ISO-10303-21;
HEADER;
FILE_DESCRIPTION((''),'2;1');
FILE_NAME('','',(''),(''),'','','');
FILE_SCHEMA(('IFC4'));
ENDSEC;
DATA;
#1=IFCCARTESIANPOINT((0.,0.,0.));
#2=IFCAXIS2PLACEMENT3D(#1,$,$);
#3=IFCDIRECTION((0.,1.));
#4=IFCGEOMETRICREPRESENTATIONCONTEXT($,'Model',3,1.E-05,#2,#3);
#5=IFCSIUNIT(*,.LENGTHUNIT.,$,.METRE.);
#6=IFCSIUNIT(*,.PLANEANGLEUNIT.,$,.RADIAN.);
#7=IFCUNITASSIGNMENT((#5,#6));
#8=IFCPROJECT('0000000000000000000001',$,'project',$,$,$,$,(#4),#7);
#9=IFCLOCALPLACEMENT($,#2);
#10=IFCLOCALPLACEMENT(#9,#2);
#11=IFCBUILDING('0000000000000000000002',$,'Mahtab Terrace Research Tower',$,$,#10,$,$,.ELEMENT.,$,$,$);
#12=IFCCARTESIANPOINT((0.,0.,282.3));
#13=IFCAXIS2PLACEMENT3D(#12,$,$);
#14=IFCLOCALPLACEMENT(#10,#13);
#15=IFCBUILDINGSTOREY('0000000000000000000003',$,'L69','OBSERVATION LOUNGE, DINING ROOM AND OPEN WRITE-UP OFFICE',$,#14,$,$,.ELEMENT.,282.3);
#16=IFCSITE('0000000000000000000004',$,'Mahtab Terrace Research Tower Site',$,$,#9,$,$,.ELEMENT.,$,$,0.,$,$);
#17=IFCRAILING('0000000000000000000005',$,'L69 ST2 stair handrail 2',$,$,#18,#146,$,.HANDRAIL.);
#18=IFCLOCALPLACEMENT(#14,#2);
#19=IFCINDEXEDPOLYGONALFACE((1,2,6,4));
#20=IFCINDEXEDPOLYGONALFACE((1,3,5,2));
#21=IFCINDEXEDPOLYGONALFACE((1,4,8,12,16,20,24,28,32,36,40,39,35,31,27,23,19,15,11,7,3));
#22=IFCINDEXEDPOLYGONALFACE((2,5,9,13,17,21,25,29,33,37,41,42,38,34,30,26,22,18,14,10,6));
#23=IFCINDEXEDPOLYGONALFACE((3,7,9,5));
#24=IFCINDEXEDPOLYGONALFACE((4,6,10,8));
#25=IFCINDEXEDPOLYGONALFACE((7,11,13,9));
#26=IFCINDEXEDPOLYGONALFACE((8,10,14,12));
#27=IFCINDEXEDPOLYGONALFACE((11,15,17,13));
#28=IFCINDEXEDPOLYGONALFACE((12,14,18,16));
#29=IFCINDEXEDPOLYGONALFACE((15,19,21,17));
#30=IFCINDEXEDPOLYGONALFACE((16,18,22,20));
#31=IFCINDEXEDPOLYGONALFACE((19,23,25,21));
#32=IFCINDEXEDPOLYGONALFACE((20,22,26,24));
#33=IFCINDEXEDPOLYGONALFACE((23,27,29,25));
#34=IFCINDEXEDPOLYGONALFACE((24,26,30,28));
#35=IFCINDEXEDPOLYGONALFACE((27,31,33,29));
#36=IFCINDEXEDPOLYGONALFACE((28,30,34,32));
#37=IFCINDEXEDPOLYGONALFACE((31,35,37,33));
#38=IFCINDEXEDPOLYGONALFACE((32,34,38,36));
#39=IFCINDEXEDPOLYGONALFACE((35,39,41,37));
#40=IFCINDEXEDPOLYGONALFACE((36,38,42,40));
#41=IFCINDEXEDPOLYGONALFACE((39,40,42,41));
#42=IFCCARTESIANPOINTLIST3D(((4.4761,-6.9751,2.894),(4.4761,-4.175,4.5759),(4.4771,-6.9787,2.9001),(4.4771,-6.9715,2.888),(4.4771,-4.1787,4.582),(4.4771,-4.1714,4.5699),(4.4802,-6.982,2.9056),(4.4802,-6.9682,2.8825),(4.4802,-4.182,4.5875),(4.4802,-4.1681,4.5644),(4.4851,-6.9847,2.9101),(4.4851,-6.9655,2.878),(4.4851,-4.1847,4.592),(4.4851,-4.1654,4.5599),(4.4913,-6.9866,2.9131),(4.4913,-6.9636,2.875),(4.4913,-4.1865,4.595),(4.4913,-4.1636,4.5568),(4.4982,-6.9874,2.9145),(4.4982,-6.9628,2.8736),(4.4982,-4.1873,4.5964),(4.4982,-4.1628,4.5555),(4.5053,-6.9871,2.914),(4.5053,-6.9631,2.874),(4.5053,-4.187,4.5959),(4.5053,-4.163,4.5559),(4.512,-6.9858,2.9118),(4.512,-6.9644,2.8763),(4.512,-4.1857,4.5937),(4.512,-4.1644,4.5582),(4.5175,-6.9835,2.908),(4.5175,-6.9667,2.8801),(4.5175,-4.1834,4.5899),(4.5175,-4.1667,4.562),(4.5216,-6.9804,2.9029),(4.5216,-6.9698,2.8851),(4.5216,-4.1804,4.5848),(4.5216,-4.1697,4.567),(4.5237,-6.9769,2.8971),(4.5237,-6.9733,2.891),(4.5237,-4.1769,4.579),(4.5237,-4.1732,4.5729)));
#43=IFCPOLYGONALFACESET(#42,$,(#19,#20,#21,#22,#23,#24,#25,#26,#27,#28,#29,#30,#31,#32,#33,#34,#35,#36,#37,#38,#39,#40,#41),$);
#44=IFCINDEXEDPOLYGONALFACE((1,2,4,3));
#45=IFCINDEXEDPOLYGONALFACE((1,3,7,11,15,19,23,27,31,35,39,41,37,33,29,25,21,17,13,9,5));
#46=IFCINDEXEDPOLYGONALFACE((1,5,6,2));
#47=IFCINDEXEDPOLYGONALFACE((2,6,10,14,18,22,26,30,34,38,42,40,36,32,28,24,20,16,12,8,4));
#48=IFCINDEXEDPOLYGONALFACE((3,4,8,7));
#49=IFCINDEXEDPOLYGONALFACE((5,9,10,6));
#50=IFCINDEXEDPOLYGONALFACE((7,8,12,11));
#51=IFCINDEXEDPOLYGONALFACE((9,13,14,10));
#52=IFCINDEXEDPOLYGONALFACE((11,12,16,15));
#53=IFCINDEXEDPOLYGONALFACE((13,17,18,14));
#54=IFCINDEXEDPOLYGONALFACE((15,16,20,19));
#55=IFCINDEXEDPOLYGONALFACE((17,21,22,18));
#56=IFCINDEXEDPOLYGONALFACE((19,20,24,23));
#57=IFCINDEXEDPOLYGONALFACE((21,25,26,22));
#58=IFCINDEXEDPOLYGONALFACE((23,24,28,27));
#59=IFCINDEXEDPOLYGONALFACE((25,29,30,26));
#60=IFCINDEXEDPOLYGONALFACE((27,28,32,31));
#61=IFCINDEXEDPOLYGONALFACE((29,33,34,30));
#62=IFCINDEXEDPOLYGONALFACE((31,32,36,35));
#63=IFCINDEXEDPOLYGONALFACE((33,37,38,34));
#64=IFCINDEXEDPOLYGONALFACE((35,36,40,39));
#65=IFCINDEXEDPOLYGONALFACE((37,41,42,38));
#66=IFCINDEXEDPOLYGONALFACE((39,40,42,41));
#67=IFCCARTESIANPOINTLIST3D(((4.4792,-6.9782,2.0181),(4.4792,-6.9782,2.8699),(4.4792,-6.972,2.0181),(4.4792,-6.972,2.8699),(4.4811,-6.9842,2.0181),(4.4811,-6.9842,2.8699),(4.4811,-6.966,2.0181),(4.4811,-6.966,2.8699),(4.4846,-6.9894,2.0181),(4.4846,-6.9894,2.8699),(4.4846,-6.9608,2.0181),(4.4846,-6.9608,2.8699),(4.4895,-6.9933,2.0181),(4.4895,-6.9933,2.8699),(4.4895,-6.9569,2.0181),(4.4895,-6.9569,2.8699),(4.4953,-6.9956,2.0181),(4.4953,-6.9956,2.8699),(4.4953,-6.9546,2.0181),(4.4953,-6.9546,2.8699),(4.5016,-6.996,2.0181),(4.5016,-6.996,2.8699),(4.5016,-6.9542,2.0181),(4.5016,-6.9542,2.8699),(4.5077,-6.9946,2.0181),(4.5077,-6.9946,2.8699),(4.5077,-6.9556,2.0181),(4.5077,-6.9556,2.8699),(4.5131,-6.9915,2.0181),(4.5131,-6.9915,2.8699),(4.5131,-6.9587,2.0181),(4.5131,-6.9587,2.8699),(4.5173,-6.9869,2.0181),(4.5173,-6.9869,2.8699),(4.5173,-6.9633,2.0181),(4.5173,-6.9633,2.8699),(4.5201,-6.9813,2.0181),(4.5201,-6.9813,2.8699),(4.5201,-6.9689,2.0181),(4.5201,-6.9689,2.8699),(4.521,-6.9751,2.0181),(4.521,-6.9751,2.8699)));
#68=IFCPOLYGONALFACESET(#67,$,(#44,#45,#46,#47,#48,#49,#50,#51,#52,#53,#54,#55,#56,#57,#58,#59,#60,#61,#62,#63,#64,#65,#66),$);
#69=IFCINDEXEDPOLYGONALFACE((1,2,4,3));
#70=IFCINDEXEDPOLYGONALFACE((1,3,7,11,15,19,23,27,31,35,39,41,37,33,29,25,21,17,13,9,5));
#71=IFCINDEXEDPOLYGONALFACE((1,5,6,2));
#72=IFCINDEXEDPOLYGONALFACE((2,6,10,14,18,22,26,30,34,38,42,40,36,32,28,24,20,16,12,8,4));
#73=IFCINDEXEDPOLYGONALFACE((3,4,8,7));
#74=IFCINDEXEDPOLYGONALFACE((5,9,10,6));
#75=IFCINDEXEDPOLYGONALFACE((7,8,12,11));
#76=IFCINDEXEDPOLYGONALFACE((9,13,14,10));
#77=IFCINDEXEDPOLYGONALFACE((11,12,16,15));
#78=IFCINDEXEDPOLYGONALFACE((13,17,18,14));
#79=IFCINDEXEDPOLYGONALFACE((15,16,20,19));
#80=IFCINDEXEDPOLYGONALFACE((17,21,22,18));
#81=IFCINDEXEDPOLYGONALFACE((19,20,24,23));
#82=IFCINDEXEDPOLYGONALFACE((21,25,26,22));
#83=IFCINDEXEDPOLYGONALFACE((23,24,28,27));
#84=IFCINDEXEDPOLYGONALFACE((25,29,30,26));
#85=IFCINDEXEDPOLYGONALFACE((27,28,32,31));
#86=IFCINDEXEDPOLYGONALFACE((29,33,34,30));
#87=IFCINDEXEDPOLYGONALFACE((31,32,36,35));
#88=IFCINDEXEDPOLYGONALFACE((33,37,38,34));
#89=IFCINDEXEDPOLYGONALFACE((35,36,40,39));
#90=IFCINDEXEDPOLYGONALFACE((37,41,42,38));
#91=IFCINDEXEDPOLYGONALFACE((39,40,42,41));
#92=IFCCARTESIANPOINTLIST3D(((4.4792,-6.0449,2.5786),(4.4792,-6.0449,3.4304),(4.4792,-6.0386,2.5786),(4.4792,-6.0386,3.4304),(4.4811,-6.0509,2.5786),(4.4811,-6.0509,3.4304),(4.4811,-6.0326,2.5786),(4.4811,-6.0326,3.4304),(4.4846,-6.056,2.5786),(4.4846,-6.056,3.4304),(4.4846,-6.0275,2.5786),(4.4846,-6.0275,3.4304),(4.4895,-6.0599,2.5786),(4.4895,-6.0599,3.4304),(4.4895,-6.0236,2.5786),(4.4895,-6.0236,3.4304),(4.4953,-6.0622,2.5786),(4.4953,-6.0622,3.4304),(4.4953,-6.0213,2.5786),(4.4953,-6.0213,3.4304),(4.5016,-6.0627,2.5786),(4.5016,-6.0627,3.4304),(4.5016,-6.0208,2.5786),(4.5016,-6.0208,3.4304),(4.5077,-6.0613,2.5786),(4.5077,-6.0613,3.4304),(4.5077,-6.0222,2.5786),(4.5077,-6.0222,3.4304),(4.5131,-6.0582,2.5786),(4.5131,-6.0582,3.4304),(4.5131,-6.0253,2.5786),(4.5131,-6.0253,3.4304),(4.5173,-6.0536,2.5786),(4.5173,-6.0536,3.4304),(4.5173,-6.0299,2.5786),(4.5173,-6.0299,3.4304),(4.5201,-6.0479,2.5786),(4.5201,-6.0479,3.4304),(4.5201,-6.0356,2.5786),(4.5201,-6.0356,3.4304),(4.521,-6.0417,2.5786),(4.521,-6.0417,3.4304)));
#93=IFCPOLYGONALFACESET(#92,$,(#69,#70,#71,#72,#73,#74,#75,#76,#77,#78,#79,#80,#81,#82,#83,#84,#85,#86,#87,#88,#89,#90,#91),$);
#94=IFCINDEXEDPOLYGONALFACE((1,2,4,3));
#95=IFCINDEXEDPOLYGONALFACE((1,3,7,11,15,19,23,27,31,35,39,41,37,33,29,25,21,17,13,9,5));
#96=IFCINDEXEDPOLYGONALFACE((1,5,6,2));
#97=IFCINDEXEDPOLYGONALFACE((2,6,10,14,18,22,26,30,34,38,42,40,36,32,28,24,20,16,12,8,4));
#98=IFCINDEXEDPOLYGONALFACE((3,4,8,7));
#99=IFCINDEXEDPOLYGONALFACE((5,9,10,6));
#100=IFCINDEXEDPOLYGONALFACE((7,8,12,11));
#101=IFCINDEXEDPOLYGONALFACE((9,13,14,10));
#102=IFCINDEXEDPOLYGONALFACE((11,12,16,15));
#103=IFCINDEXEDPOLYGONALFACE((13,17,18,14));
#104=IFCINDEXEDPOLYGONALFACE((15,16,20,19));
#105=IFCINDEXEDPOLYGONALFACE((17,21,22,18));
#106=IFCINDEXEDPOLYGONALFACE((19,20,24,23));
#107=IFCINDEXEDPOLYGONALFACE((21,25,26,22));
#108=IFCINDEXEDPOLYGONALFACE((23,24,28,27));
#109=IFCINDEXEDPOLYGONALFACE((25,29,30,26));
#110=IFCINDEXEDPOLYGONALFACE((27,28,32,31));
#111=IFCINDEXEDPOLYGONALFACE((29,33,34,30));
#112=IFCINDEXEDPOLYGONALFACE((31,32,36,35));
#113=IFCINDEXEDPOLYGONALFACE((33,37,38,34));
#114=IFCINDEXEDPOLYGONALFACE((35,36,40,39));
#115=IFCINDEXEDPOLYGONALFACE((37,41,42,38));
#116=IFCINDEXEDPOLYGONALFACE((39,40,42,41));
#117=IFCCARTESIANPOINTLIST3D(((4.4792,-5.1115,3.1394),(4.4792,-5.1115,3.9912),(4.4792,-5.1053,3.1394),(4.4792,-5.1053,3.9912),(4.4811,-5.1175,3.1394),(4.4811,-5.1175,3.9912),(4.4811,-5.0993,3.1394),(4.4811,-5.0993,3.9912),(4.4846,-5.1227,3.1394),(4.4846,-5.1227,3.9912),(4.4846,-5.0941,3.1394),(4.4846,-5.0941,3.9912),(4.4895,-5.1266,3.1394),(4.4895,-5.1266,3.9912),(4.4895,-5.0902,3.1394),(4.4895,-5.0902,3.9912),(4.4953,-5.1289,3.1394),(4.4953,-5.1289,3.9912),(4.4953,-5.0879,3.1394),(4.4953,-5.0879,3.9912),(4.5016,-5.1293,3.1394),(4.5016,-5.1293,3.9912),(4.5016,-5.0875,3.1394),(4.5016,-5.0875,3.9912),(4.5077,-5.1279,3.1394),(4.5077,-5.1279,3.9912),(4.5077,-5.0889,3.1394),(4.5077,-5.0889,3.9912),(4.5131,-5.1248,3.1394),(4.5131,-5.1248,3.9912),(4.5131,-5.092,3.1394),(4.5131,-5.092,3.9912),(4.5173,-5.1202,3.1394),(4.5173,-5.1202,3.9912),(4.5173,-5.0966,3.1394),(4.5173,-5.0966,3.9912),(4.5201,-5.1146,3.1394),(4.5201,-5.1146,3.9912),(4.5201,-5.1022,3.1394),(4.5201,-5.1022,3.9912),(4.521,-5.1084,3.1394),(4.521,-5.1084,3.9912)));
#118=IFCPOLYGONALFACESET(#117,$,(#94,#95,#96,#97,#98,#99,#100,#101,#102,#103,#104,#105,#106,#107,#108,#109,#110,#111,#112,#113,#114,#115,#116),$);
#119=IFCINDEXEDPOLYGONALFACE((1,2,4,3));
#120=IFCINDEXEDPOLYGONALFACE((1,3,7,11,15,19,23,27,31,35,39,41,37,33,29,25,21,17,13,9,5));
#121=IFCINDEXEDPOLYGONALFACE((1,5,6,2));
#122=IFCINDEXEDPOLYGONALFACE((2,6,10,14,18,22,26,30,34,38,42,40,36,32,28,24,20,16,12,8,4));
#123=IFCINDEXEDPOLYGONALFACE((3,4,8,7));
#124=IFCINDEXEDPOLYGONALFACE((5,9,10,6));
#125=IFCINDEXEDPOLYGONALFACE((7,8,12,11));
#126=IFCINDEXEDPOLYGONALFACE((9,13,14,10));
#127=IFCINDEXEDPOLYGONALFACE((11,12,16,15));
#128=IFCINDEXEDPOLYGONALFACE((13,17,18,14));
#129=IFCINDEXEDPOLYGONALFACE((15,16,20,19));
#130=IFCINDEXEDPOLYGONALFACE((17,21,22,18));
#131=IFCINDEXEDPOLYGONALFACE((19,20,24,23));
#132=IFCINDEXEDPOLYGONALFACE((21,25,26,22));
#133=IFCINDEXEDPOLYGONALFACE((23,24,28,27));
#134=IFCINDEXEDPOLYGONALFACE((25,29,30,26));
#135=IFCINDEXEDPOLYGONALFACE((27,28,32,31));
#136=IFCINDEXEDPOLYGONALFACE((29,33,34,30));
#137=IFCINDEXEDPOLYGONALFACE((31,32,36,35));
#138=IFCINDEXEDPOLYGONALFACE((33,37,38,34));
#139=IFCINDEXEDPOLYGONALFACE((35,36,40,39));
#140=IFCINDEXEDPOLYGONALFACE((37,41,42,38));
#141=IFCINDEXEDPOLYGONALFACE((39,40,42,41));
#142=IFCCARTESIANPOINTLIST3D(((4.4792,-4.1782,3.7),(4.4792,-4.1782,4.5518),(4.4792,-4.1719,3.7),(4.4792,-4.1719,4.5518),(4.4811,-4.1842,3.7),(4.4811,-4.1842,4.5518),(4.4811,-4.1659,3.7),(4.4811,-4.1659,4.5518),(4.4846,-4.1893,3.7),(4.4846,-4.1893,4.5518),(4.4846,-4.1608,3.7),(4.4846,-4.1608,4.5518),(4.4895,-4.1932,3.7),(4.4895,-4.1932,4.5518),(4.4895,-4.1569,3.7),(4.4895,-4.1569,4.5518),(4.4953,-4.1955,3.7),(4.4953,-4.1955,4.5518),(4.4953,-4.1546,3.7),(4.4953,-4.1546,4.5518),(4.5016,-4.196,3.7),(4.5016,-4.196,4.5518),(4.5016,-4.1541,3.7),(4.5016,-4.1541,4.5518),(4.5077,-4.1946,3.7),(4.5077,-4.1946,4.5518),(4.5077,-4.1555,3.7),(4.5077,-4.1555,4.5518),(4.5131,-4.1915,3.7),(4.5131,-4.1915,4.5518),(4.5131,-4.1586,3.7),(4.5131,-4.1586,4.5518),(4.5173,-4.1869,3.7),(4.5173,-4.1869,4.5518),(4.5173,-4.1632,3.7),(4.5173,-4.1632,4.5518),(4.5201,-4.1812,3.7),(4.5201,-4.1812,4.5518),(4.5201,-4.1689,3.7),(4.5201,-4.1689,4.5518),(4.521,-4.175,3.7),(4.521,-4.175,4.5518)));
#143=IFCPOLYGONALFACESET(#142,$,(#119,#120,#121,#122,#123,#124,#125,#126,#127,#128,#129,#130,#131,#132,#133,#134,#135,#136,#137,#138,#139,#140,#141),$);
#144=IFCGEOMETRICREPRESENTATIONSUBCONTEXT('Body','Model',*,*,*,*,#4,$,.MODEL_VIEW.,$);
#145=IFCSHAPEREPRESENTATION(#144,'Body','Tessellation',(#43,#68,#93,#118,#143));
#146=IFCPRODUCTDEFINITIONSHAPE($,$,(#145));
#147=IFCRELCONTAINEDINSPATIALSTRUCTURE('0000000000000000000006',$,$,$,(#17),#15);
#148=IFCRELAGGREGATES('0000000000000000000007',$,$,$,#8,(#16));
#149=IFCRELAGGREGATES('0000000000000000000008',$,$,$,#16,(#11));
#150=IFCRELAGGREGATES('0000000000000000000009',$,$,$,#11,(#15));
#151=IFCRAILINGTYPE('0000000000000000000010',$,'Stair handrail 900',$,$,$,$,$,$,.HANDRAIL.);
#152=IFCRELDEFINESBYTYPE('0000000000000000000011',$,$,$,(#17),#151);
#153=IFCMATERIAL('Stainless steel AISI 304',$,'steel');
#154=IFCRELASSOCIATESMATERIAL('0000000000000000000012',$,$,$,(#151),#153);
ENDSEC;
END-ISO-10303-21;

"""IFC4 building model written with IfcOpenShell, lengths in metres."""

from ifc_helpers import new_model, si_unit, direction, frame, origin, origin_2d, place, context, subcontext, project, spatial, circle, extrude, material, type_object, element, save


model = new_model("IFC4")

# Units and contexts
model_context = context("Model", 3, precision=1e-05, world=origin(), true_north=direction((0.0, 1.0)))
body_context = subcontext(model_context, "Body", "Model", "MODEL_VIEW")
ifc_project = project(units=[si_unit("LENGTHUNIT", "METRE"), si_unit("PLANEANGLEUNIT", "RADIAN")], contexts=[model_context])

# Site, building, storey
site_placement = place(None, origin())
site = spatial("IfcSite", under=ifc_project, at=site_placement, Name="Mahtab Terrace Research Tower Site", CompositionType="ELEMENT", RefElevation=0.0)
building_placement = place(site_placement, origin())
building = spatial("IfcBuilding", under=site, at=building_placement, Name="Mahtab Terrace Research Tower", CompositionType="ELEMENT")
storey_placement = place(building_placement, frame((0.0, 0.0, 282.3)))
storey = spatial("IfcBuildingStorey", under=building, at=storey_placement, Name="L69", Description="OBSERVATION LOUNGE, DINING ROOM AND OPEN WRITE-UP OFFICE", CompositionType="ELEMENT", Elevation=282.3)

# Railing
ifc_material_1 = material(Name="Stainless steel AISI 304", Category="steel")
railing_type_1 = type_object("IfcRailingType", Name="Stair handrail 900", PredefinedType="HANDRAIL", material=ifc_material_1)
railing_1_placement = place(storey_placement, frame((4.5, -6.9751, 2.0181)))
element("IfcRailing", 1, at=railing_1_placement, inside=storey, type_object=railing_type_1, Name="L69 ST2 stair handrail 2", PredefinedType="HANDRAIL", context=body_context, shape_type="SweptSolid", body=[
    extrude(circle(Radius=0.0239, at=origin_2d()), frame((0.0, 0.0, 0.876), z_axis=(0.0, 0.857242, 0.514913), x_axis=(-1.0, 0.0, 0.0)), (0.0, 0.0, 1.0), 3.2664),
    extrude(circle(Radius=0.021, at=origin_2d()), origin(), (0.0, 0.0, 1.0), 0.8518),
    extrude(circle(Radius=0.021, at=origin_2d()), frame((0.0, 0.9333, 0.5605)), (0.0, 0.0, 1.0), 0.8518),
    extrude(circle(Radius=0.021, at=origin_2d()), frame((0.0, 1.8667, 1.1213)), (0.0, 0.0, 1.0), 0.8518),
    extrude(circle(Radius=0.021, at=origin_2d()), frame((0.0, 2.8, 1.6819)), (0.0, 0.0, 1.0), 0.8518),
])

save(model, "model.ifc")
